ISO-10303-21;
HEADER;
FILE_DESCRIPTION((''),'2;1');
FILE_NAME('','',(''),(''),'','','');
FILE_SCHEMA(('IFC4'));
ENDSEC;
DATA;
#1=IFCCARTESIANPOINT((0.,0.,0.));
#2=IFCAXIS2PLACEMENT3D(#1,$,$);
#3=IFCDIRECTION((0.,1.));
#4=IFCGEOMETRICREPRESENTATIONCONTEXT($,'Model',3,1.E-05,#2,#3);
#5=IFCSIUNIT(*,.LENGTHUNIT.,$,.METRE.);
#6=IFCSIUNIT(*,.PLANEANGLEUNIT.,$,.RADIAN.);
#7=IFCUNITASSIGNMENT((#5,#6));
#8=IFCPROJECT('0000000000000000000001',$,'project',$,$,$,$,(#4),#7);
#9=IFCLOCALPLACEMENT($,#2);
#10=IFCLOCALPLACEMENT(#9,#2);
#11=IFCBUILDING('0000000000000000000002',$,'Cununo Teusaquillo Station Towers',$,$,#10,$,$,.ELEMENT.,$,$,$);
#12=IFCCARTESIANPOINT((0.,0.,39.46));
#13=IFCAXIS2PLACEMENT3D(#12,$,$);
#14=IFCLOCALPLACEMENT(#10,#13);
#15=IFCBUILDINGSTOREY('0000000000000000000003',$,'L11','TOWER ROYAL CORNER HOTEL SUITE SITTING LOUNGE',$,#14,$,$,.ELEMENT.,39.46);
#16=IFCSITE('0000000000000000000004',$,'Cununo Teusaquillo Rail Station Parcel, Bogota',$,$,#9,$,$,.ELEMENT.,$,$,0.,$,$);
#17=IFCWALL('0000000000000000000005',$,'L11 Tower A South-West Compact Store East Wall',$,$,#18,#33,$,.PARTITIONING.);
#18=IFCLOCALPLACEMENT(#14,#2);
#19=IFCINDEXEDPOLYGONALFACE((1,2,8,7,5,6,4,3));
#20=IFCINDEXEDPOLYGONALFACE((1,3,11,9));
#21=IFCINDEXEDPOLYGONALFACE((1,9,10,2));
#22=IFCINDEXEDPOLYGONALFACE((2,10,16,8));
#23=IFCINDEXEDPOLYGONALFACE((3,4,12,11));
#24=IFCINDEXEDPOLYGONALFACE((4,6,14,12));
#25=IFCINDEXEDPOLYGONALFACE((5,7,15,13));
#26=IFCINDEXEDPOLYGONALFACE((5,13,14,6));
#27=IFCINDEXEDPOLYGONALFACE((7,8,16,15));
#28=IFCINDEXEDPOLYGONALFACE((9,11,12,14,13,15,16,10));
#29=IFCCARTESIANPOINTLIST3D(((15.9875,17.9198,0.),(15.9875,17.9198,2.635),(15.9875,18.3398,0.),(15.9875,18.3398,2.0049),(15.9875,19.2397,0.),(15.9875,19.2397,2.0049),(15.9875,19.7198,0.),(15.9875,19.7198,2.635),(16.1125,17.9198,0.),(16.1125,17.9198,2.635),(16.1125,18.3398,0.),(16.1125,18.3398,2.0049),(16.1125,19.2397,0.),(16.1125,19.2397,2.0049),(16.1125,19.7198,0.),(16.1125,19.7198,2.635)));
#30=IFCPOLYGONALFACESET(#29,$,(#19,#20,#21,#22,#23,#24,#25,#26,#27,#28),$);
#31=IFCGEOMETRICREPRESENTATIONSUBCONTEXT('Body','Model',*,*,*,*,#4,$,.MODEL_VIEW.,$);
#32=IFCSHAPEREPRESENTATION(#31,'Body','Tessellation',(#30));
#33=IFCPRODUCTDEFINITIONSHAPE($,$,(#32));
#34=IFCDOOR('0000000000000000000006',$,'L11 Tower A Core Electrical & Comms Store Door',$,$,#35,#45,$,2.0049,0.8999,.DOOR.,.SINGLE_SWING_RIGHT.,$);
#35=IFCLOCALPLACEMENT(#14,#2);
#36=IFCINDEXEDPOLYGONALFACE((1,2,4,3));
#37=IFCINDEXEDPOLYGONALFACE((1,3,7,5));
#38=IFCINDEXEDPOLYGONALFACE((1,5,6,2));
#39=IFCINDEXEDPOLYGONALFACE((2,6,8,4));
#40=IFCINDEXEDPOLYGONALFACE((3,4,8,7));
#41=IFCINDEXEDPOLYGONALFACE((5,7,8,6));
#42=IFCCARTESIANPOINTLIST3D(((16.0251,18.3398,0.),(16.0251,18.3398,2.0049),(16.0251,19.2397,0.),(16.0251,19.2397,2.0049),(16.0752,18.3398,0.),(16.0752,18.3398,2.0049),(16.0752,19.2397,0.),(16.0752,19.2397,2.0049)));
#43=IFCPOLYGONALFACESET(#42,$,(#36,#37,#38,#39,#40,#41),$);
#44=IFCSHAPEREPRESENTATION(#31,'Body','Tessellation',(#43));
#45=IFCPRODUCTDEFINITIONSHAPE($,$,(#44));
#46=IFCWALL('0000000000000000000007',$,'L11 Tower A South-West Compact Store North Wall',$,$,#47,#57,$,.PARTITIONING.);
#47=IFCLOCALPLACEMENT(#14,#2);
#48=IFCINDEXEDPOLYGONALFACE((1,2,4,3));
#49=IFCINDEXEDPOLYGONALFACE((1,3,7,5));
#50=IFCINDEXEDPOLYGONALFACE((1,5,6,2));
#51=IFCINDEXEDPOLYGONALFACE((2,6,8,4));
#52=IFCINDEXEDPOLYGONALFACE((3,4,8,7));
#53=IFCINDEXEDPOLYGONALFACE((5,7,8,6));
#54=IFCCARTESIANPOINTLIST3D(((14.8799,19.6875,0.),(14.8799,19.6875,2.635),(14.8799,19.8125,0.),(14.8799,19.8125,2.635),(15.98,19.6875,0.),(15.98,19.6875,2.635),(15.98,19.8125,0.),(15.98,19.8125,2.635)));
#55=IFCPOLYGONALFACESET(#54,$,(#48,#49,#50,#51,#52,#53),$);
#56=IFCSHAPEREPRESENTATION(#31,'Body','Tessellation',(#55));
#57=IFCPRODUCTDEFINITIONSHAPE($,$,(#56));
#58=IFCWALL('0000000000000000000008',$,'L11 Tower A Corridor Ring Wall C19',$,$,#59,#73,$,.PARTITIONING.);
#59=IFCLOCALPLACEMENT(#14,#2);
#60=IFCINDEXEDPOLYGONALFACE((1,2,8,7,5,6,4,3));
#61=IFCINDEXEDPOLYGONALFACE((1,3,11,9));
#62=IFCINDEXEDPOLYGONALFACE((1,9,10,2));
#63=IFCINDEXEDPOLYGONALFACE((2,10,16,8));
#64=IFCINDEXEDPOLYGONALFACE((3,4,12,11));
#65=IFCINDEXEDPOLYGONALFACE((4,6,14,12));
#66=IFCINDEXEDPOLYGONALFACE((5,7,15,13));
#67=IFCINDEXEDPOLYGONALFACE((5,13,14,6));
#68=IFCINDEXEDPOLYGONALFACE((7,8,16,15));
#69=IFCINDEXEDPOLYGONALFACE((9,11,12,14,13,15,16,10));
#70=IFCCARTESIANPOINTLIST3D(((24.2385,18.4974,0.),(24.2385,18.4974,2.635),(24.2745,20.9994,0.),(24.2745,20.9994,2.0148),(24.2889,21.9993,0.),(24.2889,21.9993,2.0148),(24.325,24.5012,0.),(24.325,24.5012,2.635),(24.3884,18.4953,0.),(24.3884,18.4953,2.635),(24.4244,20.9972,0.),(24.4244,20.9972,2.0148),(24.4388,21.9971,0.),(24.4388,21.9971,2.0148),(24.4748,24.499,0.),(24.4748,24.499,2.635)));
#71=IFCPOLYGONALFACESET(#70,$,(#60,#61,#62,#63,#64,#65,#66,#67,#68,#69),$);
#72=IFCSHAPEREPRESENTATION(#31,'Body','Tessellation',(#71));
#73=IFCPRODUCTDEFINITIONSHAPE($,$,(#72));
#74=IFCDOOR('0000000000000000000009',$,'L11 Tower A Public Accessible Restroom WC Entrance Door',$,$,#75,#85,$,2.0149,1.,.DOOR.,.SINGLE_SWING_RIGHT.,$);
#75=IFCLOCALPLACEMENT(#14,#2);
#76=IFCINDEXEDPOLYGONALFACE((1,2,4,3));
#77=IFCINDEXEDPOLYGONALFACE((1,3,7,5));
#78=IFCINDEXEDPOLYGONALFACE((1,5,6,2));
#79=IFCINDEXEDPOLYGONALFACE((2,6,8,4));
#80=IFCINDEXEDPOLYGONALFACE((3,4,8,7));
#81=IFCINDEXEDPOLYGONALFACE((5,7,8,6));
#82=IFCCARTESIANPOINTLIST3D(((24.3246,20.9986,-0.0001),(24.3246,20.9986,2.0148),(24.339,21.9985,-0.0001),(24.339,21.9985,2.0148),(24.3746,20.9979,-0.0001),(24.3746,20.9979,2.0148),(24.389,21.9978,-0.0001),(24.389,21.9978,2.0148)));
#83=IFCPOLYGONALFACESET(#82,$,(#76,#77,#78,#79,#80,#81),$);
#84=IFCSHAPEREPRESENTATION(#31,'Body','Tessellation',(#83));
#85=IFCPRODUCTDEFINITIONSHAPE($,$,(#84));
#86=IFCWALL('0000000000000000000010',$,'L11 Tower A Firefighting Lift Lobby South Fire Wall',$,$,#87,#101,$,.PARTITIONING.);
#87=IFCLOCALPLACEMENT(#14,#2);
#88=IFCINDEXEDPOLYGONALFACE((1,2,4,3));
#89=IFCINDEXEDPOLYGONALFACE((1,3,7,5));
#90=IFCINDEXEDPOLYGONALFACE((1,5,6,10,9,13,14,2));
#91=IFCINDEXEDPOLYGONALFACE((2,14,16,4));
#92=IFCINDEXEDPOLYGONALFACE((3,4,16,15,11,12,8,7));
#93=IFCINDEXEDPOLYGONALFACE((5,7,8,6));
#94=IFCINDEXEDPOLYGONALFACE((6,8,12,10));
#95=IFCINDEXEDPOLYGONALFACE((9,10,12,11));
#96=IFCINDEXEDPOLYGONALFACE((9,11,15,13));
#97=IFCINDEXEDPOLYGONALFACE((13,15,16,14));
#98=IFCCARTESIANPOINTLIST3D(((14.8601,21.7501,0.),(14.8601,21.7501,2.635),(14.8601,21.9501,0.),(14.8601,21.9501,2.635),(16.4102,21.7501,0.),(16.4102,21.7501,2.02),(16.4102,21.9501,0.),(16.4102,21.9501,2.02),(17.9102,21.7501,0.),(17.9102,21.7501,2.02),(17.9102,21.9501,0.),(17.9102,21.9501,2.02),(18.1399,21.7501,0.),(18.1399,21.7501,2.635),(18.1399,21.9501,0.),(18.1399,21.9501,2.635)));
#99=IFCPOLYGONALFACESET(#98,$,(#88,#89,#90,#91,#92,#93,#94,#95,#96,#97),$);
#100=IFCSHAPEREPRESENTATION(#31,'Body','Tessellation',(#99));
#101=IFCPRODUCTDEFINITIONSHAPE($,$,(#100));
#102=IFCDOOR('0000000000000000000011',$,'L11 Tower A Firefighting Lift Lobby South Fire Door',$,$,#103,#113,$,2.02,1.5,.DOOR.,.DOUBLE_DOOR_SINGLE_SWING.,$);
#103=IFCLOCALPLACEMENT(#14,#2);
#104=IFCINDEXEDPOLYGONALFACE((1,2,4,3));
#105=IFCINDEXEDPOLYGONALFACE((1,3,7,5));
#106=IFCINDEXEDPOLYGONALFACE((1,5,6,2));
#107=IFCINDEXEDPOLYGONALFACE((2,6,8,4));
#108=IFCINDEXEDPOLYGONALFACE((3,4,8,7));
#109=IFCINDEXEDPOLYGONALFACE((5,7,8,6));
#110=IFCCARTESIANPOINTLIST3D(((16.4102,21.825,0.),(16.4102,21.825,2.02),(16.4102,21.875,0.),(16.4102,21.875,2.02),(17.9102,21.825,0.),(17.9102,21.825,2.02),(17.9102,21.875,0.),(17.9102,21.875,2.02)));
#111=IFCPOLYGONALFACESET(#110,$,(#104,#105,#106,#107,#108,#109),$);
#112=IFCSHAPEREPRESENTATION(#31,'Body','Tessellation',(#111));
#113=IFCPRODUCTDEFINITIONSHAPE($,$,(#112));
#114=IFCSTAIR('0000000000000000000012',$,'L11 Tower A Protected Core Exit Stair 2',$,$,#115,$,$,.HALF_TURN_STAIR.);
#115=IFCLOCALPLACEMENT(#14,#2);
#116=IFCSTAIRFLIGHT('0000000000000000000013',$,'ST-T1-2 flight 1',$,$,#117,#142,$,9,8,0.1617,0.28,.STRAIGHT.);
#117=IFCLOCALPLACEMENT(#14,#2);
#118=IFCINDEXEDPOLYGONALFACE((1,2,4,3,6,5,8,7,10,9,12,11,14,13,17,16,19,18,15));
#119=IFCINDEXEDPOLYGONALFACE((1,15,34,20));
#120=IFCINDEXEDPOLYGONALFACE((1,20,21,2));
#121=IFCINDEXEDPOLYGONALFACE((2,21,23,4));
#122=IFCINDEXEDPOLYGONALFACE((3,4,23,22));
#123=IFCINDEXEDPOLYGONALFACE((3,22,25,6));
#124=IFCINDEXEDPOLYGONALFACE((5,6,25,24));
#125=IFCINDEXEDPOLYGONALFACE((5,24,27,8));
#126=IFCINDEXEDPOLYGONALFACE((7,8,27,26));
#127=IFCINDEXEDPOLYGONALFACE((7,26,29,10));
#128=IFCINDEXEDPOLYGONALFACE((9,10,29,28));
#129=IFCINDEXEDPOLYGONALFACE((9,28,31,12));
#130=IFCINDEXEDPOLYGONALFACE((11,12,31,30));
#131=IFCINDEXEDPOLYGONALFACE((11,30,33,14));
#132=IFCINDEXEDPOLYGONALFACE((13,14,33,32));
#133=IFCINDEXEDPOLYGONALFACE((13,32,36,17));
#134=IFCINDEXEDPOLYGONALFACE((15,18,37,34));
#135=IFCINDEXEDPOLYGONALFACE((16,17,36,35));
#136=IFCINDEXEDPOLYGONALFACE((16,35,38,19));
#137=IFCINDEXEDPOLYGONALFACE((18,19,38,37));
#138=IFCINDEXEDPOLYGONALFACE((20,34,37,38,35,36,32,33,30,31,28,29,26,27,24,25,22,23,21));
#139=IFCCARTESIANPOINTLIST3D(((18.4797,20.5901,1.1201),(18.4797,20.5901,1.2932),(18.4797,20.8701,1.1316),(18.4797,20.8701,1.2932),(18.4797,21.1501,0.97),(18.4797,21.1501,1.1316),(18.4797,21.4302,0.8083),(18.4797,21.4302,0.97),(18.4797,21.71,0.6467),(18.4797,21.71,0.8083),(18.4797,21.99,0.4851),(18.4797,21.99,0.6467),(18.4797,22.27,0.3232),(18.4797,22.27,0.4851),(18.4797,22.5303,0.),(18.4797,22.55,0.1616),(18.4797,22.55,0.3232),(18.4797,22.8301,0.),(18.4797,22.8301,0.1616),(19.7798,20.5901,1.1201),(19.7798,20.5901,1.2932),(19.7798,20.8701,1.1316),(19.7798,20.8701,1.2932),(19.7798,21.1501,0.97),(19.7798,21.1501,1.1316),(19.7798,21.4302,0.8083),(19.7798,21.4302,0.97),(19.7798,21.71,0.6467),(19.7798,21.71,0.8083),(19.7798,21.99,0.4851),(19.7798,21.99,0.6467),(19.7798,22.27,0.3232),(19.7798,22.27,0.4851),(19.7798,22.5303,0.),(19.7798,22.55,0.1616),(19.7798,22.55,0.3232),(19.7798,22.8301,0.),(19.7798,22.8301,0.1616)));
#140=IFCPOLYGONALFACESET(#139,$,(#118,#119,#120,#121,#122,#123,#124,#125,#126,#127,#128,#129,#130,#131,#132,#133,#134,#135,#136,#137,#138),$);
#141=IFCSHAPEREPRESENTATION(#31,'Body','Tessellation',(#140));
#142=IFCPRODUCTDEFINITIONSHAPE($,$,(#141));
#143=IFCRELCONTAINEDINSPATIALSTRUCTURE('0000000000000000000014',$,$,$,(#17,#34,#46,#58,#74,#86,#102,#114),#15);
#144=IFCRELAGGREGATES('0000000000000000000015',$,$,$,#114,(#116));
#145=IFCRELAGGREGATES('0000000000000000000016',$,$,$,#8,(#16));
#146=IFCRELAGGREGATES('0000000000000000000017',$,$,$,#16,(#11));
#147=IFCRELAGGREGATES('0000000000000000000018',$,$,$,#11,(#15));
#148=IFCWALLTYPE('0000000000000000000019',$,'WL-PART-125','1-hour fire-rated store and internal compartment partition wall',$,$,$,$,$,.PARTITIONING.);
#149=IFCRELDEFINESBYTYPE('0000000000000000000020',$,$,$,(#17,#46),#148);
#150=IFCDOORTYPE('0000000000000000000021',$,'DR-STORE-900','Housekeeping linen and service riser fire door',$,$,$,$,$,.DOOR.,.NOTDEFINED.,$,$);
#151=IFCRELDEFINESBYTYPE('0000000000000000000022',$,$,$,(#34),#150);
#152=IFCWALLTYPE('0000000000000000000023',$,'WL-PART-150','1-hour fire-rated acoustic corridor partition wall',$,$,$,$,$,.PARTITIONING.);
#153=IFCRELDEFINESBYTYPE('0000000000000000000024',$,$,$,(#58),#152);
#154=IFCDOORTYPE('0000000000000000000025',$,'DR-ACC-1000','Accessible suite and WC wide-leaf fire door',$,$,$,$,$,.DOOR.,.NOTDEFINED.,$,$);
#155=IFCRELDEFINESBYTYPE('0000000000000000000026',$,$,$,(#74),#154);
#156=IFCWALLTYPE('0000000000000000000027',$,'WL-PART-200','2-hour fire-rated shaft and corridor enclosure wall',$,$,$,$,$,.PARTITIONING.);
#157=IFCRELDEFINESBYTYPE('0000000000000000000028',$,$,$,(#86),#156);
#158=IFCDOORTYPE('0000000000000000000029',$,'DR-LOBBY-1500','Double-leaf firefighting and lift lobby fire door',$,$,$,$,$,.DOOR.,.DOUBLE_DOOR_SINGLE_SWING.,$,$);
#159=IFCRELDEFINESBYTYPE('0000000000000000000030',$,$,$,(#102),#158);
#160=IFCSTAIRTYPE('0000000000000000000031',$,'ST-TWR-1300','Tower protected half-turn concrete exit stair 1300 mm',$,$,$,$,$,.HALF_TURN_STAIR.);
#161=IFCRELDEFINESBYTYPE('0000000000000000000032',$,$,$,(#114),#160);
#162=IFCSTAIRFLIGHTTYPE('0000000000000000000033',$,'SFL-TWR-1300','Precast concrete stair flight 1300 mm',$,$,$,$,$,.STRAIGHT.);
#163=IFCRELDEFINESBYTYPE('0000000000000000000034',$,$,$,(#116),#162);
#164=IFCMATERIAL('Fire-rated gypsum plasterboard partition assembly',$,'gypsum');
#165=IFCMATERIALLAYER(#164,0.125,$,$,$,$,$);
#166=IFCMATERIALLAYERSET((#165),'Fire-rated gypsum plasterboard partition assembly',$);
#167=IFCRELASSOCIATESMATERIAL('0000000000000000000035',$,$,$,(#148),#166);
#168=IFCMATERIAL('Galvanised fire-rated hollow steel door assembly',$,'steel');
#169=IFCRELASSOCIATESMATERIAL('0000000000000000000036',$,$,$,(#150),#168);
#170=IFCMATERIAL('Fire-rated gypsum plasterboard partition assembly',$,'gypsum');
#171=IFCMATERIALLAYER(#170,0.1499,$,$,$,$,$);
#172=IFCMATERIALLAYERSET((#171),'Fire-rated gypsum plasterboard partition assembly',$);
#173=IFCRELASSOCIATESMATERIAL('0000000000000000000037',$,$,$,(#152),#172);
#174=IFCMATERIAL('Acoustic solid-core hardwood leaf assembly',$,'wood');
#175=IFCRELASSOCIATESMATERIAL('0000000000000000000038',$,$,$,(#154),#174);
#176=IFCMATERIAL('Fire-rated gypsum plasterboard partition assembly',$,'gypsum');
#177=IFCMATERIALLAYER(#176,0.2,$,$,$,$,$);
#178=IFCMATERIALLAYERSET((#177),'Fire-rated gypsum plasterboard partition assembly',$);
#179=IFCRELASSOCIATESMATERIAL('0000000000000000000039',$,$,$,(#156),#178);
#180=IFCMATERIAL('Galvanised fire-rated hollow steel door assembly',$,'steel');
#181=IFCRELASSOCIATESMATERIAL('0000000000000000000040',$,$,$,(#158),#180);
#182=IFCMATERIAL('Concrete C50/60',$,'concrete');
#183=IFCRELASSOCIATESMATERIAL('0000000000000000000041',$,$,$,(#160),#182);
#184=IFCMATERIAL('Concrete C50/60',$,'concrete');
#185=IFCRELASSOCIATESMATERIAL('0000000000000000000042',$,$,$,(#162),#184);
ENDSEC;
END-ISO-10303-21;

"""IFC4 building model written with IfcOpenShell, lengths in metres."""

from ifc_helpers import new_model, si_unit, direction, frame, frame_2d, origin, place, context, subcontext, project, spatial, polyline, rectangle, outline, extrude, source, transform, mapped, material, layer, layer_set, type_object, element, fill, aggregate, save


model = new_model("IFC4")

# Units and contexts
model_context = context("Model", 3, precision=1e-05, world=origin(), true_north=direction((0.0, 1.0)))
body_context = subcontext(model_context, "Body", "Model", "MODEL_VIEW")
ifc_project = project(units=[si_unit("LENGTHUNIT", "METRE"), si_unit("PLANEANGLEUNIT", "RADIAN")], contexts=[model_context])

# Site, building, storey
site_placement = place(None, origin())
site = spatial("IfcSite", under=ifc_project, at=site_placement, Name="Cununo Teusaquillo Rail Station Parcel, Bogota", CompositionType="ELEMENT", RefElevation=0.0)
building_placement = place(site_placement, origin())
building = spatial("IfcBuilding", under=site, at=building_placement, Name="Cununo Teusaquillo Station Towers", CompositionType="ELEMENT")
storey_placement = place(building_placement, frame((0.0, 0.0, 39.46)))
storey = spatial("IfcBuildingStorey", under=building, at=storey_placement, Name="L11", Description="TOWER ROYAL CORNER HOTEL SUITE SITTING LOUNGE", CompositionType="ELEMENT", Elevation=39.46)

# Wall, opening, door
ifc_material_1 = material(Name="Fire-rated gypsum plasterboard partition assembly", Category="gypsum")
ifc_layer_1 = layer(ifc_material_1, 0.125)
ifc_layer_set_1 = layer_set([ifc_layer_1], Name="Fire-rated gypsum plasterboard partition assembly")
wall_type_1 = type_object("IfcWallType", Name="WL-PART-125", Description="1-hour fire-rated store and internal compartment partition wall", PredefinedType="PARTITIONING", material=ifc_layer_set_1)
wall_1_placement = place(storey_placement, frame((16.05, 17.9199, 0.0), z_axis=(0.0, 0.0, 1.0), x_axis=(0.0, 1.0, 0.0)))
wall_1 = element("IfcWall", 1, at=wall_1_placement, inside=storey, type_object=wall_type_1, Name="L11 Tower A South-West Compact Store East Wall", PredefinedType="PARTITIONING", context=body_context, shape_type="SweptSolid", body=[
    extrude(rectangle(XDim=1.8, YDim=0.125, at=frame_2d((0.8999, 0.0))), origin(), (0.0, 0.0, 1.0), 2.635),
])
shared_shape_1 = source(origin(), body_context, "Body", "SweptSolid", [
    extrude(rectangle(XDim=0.8999, YDim=2.0049, at=frame_2d((0.45, 1.0024))), frame((0.0, 0.0725, 0.0), z_axis=(0.0, -1.0, 0.0), x_axis=(1.0, 0.0, 0.0)), (0.0, 0.0, 1.0), 0.145),
])
opening_1_placement = place(wall_1_placement, frame((0.4199, 0.0, 0.0)))
opening_1 = element("IfcOpeningElement", 2, at=opening_1_placement, cuts=wall_1, PredefinedType="OPENING", context=body_context, shape_type="MappedRepresentation", body=[
    mapped(shared_shape_1, transform((0.0, 0.0, 0.0), x_axis=(1.0, 0.0, 0.0), y_axis=(0.0, 1.0, 0.0), z_axis=(0.0, 0.0, 1.0), scale=1.0)),
])
ifc_material_2 = material(Name="Galvanised fire-rated hollow steel door assembly", Category="steel")
door_type_1 = type_object("IfcDoorType", Name="DR-STORE-900", Description="Housekeeping linen and service riser fire door", OperationType="NOTDEFINED", PredefinedType="DOOR", material=ifc_material_2)
shared_shape_2 = source(origin(), body_context, "Body", "SweptSolid", [
    extrude(rectangle(XDim=0.8999, YDim=2.0049, at=frame_2d((0.45, 1.0024))), frame((0.0, 0.0249, 0.0), z_axis=(0.0, -1.0, 0.0), x_axis=(1.0, 0.0, 0.0)), (0.0, 0.0, 1.0), 0.05),
])
door_1_placement = place(opening_1_placement, origin())
door_1 = element("IfcDoor", 3, at=door_1_placement, inside=storey, type_object=door_type_1, Name="L11 Tower A Core Electrical & Comms Store Door", OperationType="SINGLE_SWING_RIGHT", OverallHeight=2.0049, OverallWidth=0.8999, PredefinedType="DOOR", context=body_context, shape_type="MappedRepresentation", body=[
    mapped(shared_shape_2, transform((0.0, 0.0, 0.0), x_axis=(1.0, 0.0, 0.0), y_axis=(0.0, 1.0, 0.0), z_axis=(0.0, 0.0, 1.0), scale=1.0)),
])
fill(opening_1, door_1)

# Wall
wall_2_placement = place(storey_placement, frame((14.8799, 19.75, 0.0), z_axis=(0.0, 0.0, 1.0), x_axis=(1.0, 0.0, 0.0)))
element("IfcWall", 4, at=wall_2_placement, inside=storey, type_object=wall_type_1, Name="L11 Tower A South-West Compact Store North Wall", PredefinedType="PARTITIONING", context=body_context, shape_type="SweptSolid", body=[
    extrude(rectangle(XDim=1.1001, YDim=0.125, at=frame_2d((0.55, 0.0))), origin(), (0.0, 0.0, 1.0), 2.635),
])

# Walls, openings, doors
ifc_material_3 = material(Name="Fire-rated gypsum plasterboard partition assembly", Category="gypsum")
ifc_layer_2 = layer(ifc_material_3, 0.1499)
ifc_layer_set_2 = layer_set([ifc_layer_2], Name="Fire-rated gypsum plasterboard partition assembly")
wall_type_2 = type_object("IfcWallType", Name="WL-PART-150", Description="1-hour fire-rated acoustic corridor partition wall", PredefinedType="PARTITIONING", material=ifc_layer_set_2)
wall_3_placement = place(storey_placement, frame((24.3135, 18.4963, 0.0), z_axis=(0.0, 0.0, 1.0), x_axis=(0.014394, 0.999896, 0.0)))
wall_3 = element("IfcWall", 5, at=wall_3_placement, inside=storey, type_object=wall_type_2, Name="L11 Tower A Corridor Ring Wall C19", PredefinedType="PARTITIONING", context=body_context, shape_type="SweptSolid", body=[
    extrude(rectangle(XDim=6.0044, YDim=0.1499, at=frame_2d((3.0022, 0.0))), origin(), (0.0, 0.0, 1.0), 2.635),
])
shared_shape_3 = source(origin(), body_context, "Body", "SweptSolid", [
    extrude(rectangle(XDim=1.0, YDim=2.0149, at=frame_2d((0.5, 1.0073))), frame((0.0, 0.085, 0.0), z_axis=(0.0, -1.0, 0.0), x_axis=(1.0, 0.0, 0.0)), (0.0, 0.0, 1.0), 0.1699),
])
opening_2_placement = place(wall_3_placement, frame((2.5022, 0.0, 0.0)))
opening_2 = element("IfcOpeningElement", 6, at=opening_2_placement, cuts=wall_3, PredefinedType="OPENING", context=body_context, shape_type="MappedRepresentation", body=[
    mapped(shared_shape_3, transform((0.0, 0.0, 0.0), x_axis=(1.0, 0.0, 0.0), y_axis=(0.0, 1.0, 0.0), z_axis=(0.0, 0.0, 1.0), scale=1.0)),
])
ifc_material_4 = material(Name="Acoustic solid-core hardwood leaf assembly", Category="wood")
door_type_2 = type_object("IfcDoorType", Name="DR-ACC-1000", Description="Accessible suite and WC wide-leaf fire door", OperationType="NOTDEFINED", PredefinedType="DOOR", material=ifc_material_4)
shared_shape_4 = source(origin(), body_context, "Body", "SweptSolid", [
    extrude(rectangle(XDim=1.0, YDim=2.0149, at=frame_2d((0.5, 1.0073))), frame((0.0, 0.0249, 0.0), z_axis=(0.0, -1.0, 0.0), x_axis=(1.0, 0.0, 0.0)), (0.0, 0.0, 1.0), 0.05),
])
door_2_placement = place(opening_2_placement, origin())
door_2 = element("IfcDoor", 7, at=door_2_placement, inside=storey, type_object=door_type_2, Name="L11 Tower A Public Accessible Restroom WC Entrance Door", OperationType="SINGLE_SWING_RIGHT", OverallHeight=2.0149, OverallWidth=1.0, PredefinedType="DOOR", context=body_context, shape_type="MappedRepresentation", body=[
    mapped(shared_shape_4, transform((0.0, 0.0, 0.0), x_axis=(1.0, 0.0, 0.0), y_axis=(0.0, 1.0, 0.0), z_axis=(0.0, 0.0, 1.0), scale=1.0)),
])
fill(opening_2, door_2)
ifc_material_5 = material(Name="Fire-rated gypsum plasterboard partition assembly", Category="gypsum")
ifc_layer_3 = layer(ifc_material_5, 0.2)
ifc_layer_set_3 = layer_set([ifc_layer_3], Name="Fire-rated gypsum plasterboard partition assembly")
wall_type_3 = type_object("IfcWallType", Name="WL-PART-200", Description="2-hour fire-rated shaft and corridor enclosure wall", PredefinedType="PARTITIONING", material=ifc_layer_set_3)
wall_4_placement = place(storey_placement, frame((14.8601, 21.8501, 0.0), z_axis=(0.0, 0.0, 1.0), x_axis=(1.0, 0.0, 0.0)))
wall_4 = element("IfcWall", 8, at=wall_4_placement, inside=storey, type_object=wall_type_3, Name="L11 Tower A Firefighting Lift Lobby South Fire Wall", PredefinedType="PARTITIONING", context=body_context, shape_type="SweptSolid", body=[
    extrude(rectangle(XDim=3.2798, YDim=0.2, at=frame_2d((1.6399, 0.0))), origin(), (0.0, 0.0, 1.0), 2.635),
])
shared_shape_5 = source(origin(), body_context, "Body", "SweptSolid", [
    extrude(rectangle(XDim=1.5, YDim=2.02, at=frame_2d((0.75, 1.01))), frame((0.0, 0.1099, 0.0), z_axis=(0.0, -1.0, 0.0), x_axis=(1.0, 0.0, 0.0)), (0.0, 0.0, 1.0), 0.22),
])
opening_3_placement = place(wall_4_placement, frame((1.55, 0.0, 0.0)))
opening_3 = element("IfcOpeningElement", 9, at=opening_3_placement, cuts=wall_4, PredefinedType="OPENING", context=body_context, shape_type="MappedRepresentation", body=[
    mapped(shared_shape_5, transform((0.0, 0.0, 0.0), x_axis=(1.0, 0.0, 0.0), y_axis=(0.0, 1.0, 0.0), z_axis=(0.0, 0.0, 1.0), scale=1.0)),
])
ifc_material_6 = material(Name="Galvanised fire-rated hollow steel door assembly", Category="steel")
door_type_3 = type_object("IfcDoorType", Name="DR-LOBBY-1500", Description="Double-leaf firefighting and lift lobby fire door", OperationType="DOUBLE_DOOR_SINGLE_SWING", PredefinedType="DOOR", material=ifc_material_6)
shared_shape_6 = source(origin(), body_context, "Body", "SweptSolid", [
    extrude(rectangle(XDim=1.5, YDim=2.02, at=frame_2d((0.75, 1.01))), frame((0.0, 0.0249, 0.0), z_axis=(0.0, -1.0, 0.0), x_axis=(1.0, 0.0, 0.0)), (0.0, 0.0, 1.0), 0.05),
])
door_3_placement = place(opening_3_placement, origin())
door_3 = element("IfcDoor", 10, at=door_3_placement, inside=storey, type_object=door_type_3, Name="L11 Tower A Firefighting Lift Lobby South Fire Door", OperationType="DOUBLE_DOOR_SINGLE_SWING", OverallHeight=2.02, OverallWidth=1.5, PredefinedType="DOOR", context=body_context, shape_type="MappedRepresentation", body=[
    mapped(shared_shape_6, transform((0.0, 0.0, 0.0), x_axis=(1.0, 0.0, 0.0), y_axis=(0.0, 1.0, 0.0), z_axis=(0.0, 0.0, 1.0), scale=1.0)),
])
fill(opening_3, door_3)

# Stair, stair flight
ifc_material_7 = material(Name="Concrete C50/60", Category="concrete")
stair_type = type_object("IfcStairType", Name="ST-TWR-1300", Description="Tower protected half-turn concrete exit stair 1300 mm", PredefinedType="HALF_TURN_STAIR", material=ifc_material_7)
stair_placement = place(storey_placement, origin())
stair = element("IfcStair", 11, at=stair_placement, inside=storey, type_object=stair_type, Name="L11 Tower A Protected Core Exit Stair 2", PredefinedType="HALF_TURN_STAIR")
ifc_material_8 = material(Name="Concrete C50/60", Category="concrete")
stair_flight_type = type_object("IfcStairFlightType", Name="SFL-TWR-1300", Description="Precast concrete stair flight 1300 mm", PredefinedType="STRAIGHT", material=ifc_material_8)
stair_flight_1_placement = place(storey_placement, frame((19.1299, 22.8301, 0.0), z_axis=(0.0, 0.0, 1.0), x_axis=(0.0, -1.0, 0.0)))
stair_flight_1 = element("IfcStairFlight", 12, at=stair_flight_1_placement, type_object=stair_flight_type, Name="ST-T1-2 flight 1", NumberOfRisers=9, NumberOfTreads=8, PredefinedType="STRAIGHT", RiserHeight=0.1617, TreadLength=0.28, context=body_context, shape_type="SweptSolid", body=[
    extrude(outline(polyline([(0.0, 0.0), (0.0, 0.1616), (0.28, 0.1616), (0.28, 0.3232), (0.5601, 0.3232), (0.5601, 0.4851), (0.8401, 0.4851), (0.8401, 0.6467), (1.1201, 0.6467), (1.1201, 0.8083), (1.3999, 0.8083), (1.3999, 0.97), (1.6799, 0.97), (1.6799, 1.1316), (1.96, 1.1316), (1.96, 1.2932), (2.24, 1.2932), (2.24, 1.4551), (2.24, 1.1201), (0.2998, 0.0), (0.0, 0.0)])), frame((0.0, 0.6499, 0.0), z_axis=(0.0, -1.0, 0.0), x_axis=(1.0, 0.0, 0.0)), (0.0, 0.0, 1.0), 1.3),
])
aggregate(stair, [stair_flight_1])

save(model, "model.ifc")
